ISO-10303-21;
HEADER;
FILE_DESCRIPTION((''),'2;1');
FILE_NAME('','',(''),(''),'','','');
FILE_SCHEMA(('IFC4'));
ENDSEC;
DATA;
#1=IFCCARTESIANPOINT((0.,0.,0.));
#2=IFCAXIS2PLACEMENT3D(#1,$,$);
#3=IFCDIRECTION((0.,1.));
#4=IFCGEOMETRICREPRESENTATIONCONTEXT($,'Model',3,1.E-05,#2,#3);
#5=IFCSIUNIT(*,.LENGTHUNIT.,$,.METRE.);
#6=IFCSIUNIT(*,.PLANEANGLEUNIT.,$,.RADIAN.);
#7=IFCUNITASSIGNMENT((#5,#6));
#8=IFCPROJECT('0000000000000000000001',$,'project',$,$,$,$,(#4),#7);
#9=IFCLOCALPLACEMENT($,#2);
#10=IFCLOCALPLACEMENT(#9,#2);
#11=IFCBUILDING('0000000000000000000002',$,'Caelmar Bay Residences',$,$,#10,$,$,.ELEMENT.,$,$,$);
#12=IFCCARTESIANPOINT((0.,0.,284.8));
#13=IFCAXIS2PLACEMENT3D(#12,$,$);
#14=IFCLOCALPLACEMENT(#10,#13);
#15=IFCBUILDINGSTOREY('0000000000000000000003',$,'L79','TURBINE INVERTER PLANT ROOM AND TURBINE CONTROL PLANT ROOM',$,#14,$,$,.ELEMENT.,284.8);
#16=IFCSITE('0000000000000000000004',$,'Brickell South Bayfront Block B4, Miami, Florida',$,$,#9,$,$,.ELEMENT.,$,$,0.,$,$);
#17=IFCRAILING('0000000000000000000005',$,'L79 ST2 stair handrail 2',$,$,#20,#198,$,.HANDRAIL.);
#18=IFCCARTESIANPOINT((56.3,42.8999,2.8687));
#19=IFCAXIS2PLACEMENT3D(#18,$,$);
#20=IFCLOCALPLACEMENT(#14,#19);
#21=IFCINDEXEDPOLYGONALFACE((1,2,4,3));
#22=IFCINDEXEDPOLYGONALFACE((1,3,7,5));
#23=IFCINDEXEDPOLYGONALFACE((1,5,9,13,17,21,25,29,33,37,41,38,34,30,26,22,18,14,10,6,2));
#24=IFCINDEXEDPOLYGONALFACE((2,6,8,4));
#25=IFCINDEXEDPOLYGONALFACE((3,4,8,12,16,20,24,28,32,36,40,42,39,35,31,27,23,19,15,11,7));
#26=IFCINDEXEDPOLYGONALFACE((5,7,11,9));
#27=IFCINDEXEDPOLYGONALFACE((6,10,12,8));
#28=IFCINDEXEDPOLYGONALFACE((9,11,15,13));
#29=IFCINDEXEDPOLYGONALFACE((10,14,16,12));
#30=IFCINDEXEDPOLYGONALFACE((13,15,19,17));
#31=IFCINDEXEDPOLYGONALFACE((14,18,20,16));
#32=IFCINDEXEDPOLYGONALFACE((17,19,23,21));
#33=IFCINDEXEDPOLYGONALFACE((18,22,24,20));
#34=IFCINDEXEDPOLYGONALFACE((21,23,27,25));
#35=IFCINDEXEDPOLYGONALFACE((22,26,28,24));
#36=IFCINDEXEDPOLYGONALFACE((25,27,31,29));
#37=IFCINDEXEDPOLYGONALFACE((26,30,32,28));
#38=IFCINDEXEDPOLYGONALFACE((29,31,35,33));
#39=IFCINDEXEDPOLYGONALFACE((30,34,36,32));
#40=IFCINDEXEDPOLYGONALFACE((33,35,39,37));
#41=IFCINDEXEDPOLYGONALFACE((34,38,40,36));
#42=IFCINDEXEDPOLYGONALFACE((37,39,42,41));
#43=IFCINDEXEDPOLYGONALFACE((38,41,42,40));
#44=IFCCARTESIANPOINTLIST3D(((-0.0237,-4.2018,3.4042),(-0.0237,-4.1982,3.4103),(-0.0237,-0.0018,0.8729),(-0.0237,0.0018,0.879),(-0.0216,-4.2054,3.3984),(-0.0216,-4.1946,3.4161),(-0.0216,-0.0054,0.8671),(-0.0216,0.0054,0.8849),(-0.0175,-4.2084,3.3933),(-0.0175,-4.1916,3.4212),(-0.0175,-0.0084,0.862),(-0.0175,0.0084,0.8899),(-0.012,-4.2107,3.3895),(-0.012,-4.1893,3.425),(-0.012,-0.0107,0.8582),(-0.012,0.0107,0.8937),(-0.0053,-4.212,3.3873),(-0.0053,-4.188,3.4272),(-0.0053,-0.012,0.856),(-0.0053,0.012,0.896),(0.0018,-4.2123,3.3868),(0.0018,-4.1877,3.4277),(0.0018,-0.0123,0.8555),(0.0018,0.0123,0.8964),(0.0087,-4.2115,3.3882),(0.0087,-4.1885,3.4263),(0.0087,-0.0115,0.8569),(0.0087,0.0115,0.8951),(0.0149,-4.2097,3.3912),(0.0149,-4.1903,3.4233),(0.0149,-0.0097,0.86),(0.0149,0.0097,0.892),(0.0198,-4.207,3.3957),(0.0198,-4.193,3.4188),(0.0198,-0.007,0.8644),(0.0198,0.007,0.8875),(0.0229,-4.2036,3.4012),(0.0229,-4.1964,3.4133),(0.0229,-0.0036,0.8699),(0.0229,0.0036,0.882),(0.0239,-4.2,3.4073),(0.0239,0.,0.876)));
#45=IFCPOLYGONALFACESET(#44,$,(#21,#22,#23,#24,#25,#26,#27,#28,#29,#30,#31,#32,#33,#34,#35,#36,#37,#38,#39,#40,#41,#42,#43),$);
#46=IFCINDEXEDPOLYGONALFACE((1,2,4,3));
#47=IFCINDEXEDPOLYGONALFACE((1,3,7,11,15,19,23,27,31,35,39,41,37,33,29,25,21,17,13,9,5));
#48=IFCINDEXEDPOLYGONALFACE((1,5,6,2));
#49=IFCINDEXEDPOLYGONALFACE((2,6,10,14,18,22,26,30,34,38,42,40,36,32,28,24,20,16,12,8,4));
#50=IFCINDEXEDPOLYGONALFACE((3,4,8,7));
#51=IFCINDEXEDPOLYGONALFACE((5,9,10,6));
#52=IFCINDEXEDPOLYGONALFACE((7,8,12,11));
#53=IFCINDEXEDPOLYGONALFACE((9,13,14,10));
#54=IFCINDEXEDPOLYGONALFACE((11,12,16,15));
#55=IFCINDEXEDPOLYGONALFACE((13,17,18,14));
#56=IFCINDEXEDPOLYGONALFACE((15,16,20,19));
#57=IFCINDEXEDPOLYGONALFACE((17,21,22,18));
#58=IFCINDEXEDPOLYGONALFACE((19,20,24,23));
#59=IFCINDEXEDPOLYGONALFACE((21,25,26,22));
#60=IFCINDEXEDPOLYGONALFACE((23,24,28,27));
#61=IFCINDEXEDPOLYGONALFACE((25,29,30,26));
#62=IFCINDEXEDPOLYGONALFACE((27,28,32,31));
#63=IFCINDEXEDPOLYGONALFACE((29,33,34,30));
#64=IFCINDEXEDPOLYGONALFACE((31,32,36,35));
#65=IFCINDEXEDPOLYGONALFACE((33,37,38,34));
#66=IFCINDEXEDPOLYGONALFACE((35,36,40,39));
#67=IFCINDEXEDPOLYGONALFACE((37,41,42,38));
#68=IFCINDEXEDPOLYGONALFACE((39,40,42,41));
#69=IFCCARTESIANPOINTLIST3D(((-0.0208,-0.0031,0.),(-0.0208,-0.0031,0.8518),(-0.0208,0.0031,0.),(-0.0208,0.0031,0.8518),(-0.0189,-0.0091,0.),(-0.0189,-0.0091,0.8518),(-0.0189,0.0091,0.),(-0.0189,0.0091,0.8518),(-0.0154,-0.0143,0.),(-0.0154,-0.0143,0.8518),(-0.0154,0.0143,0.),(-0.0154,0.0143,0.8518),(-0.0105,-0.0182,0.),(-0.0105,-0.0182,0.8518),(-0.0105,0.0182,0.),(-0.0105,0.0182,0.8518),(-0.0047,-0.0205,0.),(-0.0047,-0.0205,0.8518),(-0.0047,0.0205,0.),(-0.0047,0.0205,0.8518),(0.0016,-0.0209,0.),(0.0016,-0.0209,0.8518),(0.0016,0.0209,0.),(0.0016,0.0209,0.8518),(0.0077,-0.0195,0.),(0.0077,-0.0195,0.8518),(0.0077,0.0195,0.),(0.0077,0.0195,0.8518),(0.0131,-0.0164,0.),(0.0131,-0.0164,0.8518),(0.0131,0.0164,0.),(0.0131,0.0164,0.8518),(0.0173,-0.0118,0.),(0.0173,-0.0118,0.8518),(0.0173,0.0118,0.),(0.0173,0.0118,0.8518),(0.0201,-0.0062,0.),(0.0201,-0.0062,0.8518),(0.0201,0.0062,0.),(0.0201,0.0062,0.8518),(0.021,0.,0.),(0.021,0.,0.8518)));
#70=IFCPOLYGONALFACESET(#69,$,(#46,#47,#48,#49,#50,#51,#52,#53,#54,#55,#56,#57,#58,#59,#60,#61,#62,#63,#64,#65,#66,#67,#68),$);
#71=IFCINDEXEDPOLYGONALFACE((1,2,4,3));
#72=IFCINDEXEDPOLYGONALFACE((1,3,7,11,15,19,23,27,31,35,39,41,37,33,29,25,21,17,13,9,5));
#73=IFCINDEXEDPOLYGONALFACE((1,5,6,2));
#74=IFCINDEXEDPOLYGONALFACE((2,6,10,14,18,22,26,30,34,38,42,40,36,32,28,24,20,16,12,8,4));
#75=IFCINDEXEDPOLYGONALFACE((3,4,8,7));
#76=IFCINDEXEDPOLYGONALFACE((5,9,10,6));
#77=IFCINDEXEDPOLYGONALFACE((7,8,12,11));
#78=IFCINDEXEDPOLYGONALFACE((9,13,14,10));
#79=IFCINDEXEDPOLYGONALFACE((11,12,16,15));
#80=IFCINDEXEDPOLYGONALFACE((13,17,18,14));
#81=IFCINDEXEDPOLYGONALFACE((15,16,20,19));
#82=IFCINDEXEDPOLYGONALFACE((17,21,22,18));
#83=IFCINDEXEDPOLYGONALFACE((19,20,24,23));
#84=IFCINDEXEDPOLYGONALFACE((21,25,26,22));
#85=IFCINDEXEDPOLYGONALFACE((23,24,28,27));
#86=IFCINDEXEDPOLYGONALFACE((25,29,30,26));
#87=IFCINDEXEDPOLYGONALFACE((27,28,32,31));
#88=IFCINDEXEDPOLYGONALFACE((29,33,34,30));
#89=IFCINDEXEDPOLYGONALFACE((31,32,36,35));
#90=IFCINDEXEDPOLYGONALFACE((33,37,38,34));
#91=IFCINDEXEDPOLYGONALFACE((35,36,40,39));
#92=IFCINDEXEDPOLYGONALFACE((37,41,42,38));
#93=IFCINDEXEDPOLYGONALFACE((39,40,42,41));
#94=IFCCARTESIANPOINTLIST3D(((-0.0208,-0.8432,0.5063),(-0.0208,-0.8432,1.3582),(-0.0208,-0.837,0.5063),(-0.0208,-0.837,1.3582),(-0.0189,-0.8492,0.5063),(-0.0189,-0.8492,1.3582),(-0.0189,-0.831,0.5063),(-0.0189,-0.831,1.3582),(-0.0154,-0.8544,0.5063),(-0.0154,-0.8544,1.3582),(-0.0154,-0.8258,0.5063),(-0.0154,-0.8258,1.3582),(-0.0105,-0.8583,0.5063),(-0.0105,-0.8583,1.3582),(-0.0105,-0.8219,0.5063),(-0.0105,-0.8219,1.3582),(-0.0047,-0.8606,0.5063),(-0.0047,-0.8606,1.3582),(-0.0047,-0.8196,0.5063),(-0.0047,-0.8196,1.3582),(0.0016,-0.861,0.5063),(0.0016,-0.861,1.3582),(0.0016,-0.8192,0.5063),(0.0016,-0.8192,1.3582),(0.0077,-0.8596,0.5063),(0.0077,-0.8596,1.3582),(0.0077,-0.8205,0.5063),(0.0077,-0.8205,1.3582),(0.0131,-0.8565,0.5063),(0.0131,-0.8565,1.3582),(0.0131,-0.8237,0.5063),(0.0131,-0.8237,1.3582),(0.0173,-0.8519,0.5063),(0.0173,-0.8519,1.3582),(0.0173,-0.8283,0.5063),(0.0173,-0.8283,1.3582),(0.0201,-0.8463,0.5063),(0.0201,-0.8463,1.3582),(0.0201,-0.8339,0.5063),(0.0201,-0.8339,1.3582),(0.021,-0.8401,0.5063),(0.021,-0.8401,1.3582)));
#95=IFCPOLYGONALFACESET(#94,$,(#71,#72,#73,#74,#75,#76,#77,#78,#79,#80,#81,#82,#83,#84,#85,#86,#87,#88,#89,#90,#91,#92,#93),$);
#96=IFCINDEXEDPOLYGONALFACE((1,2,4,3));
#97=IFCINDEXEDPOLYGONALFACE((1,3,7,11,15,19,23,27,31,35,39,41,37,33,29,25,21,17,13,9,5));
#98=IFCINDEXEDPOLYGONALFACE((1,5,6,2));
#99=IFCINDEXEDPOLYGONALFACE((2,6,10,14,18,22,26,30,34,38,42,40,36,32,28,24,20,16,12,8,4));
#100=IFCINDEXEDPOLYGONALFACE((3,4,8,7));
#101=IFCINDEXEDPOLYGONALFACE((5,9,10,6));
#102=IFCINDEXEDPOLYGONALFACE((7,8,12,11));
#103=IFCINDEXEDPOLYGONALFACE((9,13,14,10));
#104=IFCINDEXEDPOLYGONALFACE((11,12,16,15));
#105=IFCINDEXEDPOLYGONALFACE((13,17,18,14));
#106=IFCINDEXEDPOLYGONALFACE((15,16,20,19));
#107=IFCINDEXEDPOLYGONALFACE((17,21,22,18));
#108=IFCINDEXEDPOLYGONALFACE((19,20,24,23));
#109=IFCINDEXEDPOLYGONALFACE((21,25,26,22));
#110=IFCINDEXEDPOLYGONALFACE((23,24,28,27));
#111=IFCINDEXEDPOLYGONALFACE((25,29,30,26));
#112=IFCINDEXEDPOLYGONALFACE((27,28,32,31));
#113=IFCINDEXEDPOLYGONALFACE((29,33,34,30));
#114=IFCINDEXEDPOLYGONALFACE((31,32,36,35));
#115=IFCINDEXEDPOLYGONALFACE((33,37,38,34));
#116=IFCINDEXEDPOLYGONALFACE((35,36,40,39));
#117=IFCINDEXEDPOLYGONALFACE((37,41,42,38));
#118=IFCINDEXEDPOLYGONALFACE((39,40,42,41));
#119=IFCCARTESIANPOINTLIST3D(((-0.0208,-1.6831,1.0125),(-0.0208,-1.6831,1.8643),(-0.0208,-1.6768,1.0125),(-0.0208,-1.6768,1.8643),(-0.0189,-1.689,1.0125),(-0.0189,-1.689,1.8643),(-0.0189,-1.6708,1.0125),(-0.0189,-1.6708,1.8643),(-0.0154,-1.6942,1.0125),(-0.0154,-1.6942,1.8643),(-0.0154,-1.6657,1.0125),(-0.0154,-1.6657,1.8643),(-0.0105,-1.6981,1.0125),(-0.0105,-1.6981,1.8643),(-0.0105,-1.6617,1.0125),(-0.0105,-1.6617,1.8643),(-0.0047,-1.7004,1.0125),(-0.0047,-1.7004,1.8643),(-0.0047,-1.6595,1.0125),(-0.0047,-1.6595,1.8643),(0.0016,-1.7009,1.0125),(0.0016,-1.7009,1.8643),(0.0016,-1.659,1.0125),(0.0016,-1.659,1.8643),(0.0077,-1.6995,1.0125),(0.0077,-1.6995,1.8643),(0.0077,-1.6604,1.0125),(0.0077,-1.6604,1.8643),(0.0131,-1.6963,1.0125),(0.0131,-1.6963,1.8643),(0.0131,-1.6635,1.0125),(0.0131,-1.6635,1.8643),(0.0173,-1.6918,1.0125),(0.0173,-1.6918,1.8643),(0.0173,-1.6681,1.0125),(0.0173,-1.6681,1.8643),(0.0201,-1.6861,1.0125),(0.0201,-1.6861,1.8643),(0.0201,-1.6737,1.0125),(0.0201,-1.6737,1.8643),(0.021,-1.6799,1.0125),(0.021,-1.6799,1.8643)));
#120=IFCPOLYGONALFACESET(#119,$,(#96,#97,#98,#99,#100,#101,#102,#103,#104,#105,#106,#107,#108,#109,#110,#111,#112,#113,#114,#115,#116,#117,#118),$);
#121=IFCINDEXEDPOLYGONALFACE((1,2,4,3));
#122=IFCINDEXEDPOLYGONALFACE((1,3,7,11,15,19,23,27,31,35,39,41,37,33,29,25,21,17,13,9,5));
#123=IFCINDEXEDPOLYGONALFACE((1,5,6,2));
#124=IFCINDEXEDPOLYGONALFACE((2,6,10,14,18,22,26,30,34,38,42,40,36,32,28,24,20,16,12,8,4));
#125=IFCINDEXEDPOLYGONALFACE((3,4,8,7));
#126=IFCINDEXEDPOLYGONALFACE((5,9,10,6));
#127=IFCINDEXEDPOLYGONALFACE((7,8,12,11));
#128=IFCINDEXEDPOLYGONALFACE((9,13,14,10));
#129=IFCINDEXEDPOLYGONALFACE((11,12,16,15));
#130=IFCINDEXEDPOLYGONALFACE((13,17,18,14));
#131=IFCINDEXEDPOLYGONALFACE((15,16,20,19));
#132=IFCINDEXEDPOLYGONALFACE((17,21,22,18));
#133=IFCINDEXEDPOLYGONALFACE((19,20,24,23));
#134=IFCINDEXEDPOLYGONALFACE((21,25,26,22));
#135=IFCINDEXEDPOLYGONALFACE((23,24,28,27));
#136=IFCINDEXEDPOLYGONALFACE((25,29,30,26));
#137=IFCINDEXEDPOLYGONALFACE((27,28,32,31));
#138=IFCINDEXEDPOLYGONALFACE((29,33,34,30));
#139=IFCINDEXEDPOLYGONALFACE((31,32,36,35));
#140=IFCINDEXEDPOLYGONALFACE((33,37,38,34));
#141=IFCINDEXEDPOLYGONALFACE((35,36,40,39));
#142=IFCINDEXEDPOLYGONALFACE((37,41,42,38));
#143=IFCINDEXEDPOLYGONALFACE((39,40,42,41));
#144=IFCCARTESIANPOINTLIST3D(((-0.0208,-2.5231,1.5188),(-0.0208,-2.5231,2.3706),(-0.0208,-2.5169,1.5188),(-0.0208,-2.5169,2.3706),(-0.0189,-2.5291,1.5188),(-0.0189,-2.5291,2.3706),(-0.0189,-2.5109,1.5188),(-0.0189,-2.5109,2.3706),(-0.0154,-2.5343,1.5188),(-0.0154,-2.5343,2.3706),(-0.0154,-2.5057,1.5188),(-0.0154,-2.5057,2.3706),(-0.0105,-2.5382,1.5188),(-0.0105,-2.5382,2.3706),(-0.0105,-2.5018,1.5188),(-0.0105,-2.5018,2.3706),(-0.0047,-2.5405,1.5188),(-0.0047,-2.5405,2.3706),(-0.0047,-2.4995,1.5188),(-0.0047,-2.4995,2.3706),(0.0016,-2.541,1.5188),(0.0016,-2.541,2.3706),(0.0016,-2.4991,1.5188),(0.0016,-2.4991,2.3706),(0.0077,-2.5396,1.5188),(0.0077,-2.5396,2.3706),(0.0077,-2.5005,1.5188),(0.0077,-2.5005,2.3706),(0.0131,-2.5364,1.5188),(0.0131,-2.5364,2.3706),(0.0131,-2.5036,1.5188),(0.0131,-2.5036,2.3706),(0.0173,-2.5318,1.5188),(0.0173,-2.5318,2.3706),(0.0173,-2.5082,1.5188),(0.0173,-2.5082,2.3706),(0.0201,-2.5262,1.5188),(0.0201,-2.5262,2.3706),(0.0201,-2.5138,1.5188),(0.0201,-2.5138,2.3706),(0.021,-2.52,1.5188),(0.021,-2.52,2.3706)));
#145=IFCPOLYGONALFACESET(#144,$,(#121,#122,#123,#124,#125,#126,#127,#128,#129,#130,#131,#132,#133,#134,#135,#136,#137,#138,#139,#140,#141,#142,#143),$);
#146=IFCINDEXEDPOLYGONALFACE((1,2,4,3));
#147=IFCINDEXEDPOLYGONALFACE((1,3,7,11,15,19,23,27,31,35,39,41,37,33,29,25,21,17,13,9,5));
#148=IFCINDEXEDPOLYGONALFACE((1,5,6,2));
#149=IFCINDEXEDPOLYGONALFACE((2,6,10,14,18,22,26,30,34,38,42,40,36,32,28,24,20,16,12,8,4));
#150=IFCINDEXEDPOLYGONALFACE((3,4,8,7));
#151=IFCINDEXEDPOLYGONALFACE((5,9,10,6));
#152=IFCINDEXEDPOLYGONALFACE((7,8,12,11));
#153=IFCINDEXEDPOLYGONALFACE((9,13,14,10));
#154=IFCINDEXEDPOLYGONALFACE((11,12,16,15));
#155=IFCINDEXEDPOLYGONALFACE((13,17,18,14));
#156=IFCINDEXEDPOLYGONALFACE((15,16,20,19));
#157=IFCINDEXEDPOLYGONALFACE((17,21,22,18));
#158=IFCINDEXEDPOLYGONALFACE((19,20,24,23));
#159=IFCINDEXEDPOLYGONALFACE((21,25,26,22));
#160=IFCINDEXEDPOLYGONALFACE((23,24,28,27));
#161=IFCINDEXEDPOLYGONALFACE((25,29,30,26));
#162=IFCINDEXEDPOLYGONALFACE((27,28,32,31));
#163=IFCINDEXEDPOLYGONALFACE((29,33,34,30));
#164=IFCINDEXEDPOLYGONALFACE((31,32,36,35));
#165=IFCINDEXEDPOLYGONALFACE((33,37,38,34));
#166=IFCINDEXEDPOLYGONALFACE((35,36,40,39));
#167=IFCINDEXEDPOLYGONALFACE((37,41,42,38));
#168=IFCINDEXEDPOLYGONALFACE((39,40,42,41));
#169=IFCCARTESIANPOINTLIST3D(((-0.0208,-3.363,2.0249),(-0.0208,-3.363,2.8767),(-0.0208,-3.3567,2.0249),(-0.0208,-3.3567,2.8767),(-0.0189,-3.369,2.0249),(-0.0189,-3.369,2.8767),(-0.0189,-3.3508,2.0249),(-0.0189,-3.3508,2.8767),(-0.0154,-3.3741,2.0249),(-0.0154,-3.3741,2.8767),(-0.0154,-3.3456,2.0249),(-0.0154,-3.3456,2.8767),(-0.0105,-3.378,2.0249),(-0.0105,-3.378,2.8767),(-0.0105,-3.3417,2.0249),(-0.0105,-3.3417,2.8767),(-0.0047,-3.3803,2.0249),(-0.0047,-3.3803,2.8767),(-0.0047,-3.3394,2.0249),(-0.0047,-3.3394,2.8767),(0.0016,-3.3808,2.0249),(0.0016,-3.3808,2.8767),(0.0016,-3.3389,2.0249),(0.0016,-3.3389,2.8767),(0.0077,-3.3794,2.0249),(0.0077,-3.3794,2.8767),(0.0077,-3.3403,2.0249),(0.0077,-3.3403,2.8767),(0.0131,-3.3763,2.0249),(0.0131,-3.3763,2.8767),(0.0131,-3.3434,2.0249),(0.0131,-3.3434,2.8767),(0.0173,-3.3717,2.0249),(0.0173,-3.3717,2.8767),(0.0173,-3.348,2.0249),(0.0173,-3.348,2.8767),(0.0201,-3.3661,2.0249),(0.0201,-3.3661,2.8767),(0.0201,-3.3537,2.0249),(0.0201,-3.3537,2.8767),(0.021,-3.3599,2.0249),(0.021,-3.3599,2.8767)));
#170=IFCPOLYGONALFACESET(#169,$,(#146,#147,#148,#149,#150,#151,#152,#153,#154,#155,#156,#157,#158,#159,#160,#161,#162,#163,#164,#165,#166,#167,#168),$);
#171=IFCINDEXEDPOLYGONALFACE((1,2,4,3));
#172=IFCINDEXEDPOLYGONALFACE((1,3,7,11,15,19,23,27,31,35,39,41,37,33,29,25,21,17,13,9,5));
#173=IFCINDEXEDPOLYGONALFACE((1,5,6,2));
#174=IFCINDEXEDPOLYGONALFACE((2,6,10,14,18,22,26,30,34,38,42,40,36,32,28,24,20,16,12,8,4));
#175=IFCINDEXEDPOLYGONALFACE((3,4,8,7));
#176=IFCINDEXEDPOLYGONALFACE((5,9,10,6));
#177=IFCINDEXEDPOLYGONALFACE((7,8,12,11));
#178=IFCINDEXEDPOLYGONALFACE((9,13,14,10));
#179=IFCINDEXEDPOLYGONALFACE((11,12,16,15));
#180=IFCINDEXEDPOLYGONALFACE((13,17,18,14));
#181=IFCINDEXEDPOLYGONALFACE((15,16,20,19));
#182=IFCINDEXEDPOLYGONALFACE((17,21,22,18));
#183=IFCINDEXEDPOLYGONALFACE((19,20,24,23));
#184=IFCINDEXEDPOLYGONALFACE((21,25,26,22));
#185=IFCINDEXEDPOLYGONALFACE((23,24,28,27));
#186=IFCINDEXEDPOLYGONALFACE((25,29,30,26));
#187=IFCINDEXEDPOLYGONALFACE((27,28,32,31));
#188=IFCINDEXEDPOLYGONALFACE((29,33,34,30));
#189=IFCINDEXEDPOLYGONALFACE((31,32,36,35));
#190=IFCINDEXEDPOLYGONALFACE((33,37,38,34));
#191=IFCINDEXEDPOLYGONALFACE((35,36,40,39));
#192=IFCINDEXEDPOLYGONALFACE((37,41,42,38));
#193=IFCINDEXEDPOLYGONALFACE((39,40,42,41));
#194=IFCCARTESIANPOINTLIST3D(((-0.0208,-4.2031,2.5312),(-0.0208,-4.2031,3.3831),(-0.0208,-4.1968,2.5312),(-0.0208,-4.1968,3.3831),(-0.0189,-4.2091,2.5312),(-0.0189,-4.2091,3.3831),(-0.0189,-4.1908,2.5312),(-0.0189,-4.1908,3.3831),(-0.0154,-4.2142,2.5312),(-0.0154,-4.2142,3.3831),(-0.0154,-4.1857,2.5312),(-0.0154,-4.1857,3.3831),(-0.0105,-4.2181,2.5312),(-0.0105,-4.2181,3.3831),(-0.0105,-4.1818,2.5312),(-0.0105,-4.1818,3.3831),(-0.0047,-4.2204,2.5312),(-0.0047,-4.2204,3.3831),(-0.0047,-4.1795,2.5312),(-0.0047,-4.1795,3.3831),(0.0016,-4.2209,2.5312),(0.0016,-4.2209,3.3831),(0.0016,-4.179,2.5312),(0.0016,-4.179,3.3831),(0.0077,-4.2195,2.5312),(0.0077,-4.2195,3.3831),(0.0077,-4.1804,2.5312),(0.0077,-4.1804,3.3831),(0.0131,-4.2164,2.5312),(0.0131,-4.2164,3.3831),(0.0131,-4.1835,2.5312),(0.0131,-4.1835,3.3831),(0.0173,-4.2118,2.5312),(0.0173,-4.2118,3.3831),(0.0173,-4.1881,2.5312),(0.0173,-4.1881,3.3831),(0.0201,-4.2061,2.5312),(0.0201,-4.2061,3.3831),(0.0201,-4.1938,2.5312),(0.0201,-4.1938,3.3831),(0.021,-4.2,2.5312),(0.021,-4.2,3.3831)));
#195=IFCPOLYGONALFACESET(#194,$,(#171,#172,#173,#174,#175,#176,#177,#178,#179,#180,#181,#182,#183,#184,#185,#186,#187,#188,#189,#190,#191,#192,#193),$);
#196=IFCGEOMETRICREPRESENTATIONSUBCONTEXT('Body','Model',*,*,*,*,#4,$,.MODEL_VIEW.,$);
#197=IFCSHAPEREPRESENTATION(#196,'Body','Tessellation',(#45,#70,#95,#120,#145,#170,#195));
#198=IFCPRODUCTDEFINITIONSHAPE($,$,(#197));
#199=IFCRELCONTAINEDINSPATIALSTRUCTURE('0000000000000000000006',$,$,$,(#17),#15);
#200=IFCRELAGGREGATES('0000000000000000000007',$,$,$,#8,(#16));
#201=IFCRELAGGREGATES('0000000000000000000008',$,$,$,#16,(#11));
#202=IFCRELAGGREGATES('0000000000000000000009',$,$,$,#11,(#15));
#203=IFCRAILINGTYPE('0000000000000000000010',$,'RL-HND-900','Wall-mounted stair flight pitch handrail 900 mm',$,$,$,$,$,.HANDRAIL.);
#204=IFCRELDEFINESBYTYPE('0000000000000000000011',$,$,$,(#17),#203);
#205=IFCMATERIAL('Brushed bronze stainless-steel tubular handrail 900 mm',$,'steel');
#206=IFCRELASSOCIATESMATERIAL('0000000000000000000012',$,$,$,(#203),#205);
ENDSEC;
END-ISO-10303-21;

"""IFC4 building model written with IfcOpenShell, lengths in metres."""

from ifc_helpers import new_model, si_unit, direction, frame, origin, origin_2d, place, context, subcontext, project, spatial, circle, extrude, material, type_object, element, save


model = new_model("IFC4")

# Units and contexts
model_context = context("Model", 3, precision=1e-05, world=origin(), true_north=direction((0.0, 1.0)))
body_context = subcontext(model_context, "Body", "Model", "MODEL_VIEW")
ifc_project = project(units=[si_unit("LENGTHUNIT", "METRE"), si_unit("PLANEANGLEUNIT", "RADIAN")], contexts=[model_context])

# Site, building, storey
site_placement = place(None, origin())
site = spatial("IfcSite", under=ifc_project, at=site_placement, Name="Brickell South Bayfront Block B4, Miami, Florida", CompositionType="ELEMENT", RefElevation=0.0)
building_placement = place(site_placement, origin())
building = spatial("IfcBuilding", under=site, at=building_placement, Name="Caelmar Bay Residences", CompositionType="ELEMENT")
storey_placement = place(building_placement, frame((0.0, 0.0, 284.8)))
storey = spatial("IfcBuildingStorey", under=building, at=storey_placement, Name="L79", Description="TURBINE INVERTER PLANT ROOM AND TURBINE CONTROL PLANT ROOM", CompositionType="ELEMENT", Elevation=284.8)

# Railing
ifc_material_1 = material(Name="Brushed bronze stainless-steel tubular handrail 900 mm", Category="steel")
railing_type_1 = type_object("IfcRailingType", Name="RL-HND-900", Description="Wall-mounted stair flight pitch handrail 900 mm", PredefinedType="HANDRAIL", material=ifc_material_1)
railing_1_placement = place(storey_placement, frame((56.3, 42.8999, 2.8687)))
element("IfcRailing", 1, at=railing_1_placement, inside=storey, type_object=railing_type_1, Name="L79 ST2 stair handrail 2", PredefinedType="HANDRAIL", context=body_context, shape_type="SweptSolid", body=[
    extrude(circle(Radius=0.0239, at=origin_2d()), frame((0.0, 0.0, 0.876), z_axis=(0.0, -0.856476, 0.516186), x_axis=(1.0, 0.0, 0.0)), (0.0, 0.0, 1.0), 4.9038),
    extrude(circle(Radius=0.021, at=origin_2d()), origin(), (0.0, 0.0, 1.0), 0.8518),
    extrude(circle(Radius=0.021, at=origin_2d()), frame((0.0, -0.8401, 0.5063)), (0.0, 0.0, 1.0), 0.8518),
    extrude(circle(Radius=0.021, at=origin_2d()), frame((0.0, -1.6799, 1.0125)), (0.0, 0.0, 1.0), 0.8518),
    extrude(circle(Radius=0.021, at=origin_2d()), frame((0.0, -2.52, 1.5188)), (0.0, 0.0, 1.0), 0.8518),
    extrude(circle(Radius=0.021, at=origin_2d()), frame((0.0, -3.3599, 2.0249)), (0.0, 0.0, 1.0), 0.8518),
    extrude(circle(Radius=0.021, at=origin_2d()), frame((0.0, -4.2, 2.5312)), (0.0, 0.0, 1.0), 0.8518),
])

save(model, "model.ifc")
